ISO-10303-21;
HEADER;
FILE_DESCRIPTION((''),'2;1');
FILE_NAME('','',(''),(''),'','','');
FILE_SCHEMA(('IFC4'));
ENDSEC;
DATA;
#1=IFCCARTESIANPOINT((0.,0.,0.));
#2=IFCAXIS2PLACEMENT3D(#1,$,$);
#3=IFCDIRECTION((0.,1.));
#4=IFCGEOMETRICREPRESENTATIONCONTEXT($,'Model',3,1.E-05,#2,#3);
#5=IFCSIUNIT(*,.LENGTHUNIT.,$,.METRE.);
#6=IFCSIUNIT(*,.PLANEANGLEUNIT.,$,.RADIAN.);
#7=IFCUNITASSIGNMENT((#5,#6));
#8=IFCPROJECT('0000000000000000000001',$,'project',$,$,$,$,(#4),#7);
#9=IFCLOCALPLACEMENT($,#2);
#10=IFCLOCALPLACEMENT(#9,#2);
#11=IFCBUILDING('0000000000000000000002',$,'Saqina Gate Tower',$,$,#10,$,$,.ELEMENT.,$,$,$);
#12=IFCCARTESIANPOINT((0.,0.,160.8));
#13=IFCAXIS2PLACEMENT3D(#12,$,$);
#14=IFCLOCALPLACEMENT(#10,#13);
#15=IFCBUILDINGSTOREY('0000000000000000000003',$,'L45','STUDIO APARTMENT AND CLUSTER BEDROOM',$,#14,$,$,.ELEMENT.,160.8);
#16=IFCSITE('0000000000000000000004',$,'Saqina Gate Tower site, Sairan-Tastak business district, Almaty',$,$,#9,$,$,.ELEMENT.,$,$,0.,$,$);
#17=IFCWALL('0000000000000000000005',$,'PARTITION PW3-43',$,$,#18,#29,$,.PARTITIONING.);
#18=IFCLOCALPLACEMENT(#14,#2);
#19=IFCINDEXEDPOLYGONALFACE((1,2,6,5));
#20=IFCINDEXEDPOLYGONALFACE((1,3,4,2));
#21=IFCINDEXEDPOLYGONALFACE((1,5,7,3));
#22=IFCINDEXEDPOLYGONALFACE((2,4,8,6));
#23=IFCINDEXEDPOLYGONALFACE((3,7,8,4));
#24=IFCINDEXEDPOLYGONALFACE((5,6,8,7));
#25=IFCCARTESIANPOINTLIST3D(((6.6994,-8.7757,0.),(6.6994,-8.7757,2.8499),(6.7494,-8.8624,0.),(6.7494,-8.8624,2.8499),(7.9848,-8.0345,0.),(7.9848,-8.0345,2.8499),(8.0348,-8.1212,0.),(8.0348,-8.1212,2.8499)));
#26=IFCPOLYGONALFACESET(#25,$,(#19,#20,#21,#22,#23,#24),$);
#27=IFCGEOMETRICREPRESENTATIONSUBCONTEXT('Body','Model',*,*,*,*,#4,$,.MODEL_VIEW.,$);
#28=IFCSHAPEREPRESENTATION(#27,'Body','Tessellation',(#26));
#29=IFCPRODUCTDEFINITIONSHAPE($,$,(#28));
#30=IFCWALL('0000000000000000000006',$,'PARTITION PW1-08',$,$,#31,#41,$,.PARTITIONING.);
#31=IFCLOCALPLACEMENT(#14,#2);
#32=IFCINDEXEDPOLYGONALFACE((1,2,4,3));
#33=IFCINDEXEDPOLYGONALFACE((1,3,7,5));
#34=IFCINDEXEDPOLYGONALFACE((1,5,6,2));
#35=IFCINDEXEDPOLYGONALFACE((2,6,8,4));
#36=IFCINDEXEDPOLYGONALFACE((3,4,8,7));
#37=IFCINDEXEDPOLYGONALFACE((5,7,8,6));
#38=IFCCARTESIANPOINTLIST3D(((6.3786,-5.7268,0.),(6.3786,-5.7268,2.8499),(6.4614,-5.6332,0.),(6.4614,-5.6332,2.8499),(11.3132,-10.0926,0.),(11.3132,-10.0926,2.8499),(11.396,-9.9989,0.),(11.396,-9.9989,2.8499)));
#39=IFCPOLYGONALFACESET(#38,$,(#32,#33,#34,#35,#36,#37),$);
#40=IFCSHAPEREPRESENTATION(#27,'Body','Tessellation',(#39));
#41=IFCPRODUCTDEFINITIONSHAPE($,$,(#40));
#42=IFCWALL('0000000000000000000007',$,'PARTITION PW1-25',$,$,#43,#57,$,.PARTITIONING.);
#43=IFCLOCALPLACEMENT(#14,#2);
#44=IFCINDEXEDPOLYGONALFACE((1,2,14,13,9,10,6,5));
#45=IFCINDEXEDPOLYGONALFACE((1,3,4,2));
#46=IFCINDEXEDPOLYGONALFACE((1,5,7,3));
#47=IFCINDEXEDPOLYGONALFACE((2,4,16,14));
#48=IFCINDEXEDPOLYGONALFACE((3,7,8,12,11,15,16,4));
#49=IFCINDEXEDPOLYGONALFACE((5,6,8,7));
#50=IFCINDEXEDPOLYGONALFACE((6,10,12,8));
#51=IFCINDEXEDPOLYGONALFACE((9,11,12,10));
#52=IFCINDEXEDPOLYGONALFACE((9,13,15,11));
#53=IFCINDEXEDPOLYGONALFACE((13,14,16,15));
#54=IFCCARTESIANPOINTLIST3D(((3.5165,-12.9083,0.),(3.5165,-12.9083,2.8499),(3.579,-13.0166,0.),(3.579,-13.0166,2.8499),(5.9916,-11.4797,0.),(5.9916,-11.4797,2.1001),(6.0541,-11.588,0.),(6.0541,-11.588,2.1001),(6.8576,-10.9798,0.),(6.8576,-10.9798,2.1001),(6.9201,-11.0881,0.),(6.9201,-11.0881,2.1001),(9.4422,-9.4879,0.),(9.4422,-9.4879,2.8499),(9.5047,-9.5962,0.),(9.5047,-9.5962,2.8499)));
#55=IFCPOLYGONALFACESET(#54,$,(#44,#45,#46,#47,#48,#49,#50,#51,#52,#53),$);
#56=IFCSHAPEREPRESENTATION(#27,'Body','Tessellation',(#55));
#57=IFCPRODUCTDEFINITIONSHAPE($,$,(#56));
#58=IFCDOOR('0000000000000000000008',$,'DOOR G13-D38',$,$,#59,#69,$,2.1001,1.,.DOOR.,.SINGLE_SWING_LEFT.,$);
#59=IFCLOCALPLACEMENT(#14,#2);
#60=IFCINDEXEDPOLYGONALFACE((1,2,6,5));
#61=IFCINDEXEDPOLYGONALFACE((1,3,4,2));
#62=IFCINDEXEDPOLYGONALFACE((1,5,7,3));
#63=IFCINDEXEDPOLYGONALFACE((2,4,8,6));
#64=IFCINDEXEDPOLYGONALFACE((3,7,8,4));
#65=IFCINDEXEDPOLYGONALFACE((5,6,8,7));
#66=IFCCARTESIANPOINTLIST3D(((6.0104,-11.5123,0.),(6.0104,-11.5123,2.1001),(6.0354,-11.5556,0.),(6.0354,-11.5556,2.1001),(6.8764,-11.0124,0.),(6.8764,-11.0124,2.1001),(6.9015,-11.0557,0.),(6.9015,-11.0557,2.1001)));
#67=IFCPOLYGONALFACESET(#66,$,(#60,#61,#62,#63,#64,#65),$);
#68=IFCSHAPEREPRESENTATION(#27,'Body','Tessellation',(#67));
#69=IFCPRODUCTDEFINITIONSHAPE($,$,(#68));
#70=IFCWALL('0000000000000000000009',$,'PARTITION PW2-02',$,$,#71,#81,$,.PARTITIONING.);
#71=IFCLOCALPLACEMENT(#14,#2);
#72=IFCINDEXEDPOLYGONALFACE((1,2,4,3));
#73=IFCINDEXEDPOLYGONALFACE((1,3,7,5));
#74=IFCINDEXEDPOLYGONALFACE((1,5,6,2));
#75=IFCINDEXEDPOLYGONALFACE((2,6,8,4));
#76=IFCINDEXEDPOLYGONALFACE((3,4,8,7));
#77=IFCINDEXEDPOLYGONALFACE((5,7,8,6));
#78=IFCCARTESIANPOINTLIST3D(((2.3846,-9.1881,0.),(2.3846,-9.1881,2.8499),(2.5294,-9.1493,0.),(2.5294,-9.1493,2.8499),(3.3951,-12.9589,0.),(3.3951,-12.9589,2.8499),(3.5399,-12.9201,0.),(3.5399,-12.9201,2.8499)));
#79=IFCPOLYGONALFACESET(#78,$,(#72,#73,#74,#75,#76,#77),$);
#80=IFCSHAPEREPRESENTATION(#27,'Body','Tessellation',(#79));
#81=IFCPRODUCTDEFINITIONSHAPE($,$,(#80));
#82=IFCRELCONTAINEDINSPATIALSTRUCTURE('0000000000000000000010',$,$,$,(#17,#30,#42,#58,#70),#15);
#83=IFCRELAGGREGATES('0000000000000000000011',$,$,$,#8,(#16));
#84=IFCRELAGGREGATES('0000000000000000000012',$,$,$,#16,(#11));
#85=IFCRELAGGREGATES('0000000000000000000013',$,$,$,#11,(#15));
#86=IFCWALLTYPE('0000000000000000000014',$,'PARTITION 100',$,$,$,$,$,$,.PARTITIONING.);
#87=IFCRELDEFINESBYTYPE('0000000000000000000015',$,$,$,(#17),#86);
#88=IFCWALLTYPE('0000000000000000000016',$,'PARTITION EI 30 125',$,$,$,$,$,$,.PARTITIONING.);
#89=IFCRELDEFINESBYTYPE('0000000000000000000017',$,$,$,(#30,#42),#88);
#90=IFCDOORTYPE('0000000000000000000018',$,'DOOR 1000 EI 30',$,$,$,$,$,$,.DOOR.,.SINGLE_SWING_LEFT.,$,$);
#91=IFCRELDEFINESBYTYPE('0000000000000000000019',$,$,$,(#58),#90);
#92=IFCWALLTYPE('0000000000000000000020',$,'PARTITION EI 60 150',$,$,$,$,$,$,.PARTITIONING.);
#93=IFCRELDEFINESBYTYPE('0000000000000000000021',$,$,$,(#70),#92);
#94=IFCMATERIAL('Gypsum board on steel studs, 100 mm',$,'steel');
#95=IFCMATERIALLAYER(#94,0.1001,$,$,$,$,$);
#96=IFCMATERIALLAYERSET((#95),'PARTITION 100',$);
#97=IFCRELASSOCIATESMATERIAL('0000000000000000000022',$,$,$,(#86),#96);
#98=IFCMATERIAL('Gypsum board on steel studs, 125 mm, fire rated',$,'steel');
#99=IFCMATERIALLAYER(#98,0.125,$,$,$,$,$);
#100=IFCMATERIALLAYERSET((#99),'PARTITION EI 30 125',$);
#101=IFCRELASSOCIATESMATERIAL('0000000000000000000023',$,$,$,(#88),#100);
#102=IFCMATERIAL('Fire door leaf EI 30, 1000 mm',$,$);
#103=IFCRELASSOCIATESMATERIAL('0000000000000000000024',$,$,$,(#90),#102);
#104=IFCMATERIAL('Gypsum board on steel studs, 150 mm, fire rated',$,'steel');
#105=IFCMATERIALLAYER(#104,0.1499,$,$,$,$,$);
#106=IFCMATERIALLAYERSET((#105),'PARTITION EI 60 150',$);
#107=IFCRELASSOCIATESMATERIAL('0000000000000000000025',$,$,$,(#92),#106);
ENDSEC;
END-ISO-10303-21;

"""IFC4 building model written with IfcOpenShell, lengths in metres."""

from ifc_helpers import new_model, si_unit, direction, frame, frame_2d, origin, place, context, subcontext, project, spatial, rectangle, extrude, material, layer, layer_set, type_object, element, fill, save


model = new_model("IFC4")

# Units and contexts
model_context = context("Model", 3, precision=1e-05, world=origin(), true_north=direction((0.0, 1.0)))
body_context = subcontext(model_context, "Body", "Model", "MODEL_VIEW")
ifc_project = project(units=[si_unit("LENGTHUNIT", "METRE"), si_unit("PLANEANGLEUNIT", "RADIAN")], contexts=[model_context])

# Site, building, storey
site_placement = place(None, origin())
site = spatial("IfcSite", under=ifc_project, at=site_placement, Name="Saqina Gate Tower site, Sairan-Tastak business district, Almaty", CompositionType="ELEMENT", RefElevation=0.0)
building_placement = place(site_placement, origin())
building = spatial("IfcBuilding", under=site, at=building_placement, Name="Saqina Gate Tower", CompositionType="ELEMENT")
storey_placement = place(building_placement, frame((0.0, 0.0, 160.8)))
storey = spatial("IfcBuildingStorey", under=building, at=storey_placement, Name="L45", Description="STUDIO APARTMENT AND CLUSTER BEDROOM", CompositionType="ELEMENT", Elevation=160.8)

# Shared definitions
ifc_material_1 = material(Name="Gypsum board on steel studs, 100 mm", Category="steel")
ifc_layer_1 = layer(ifc_material_1, 0.1001)
ifc_layer_set_1 = layer_set([ifc_layer_1], Name="PARTITION 100")
wall_type_1 = type_object("IfcWallType", Name="PARTITION 100", PredefinedType="PARTITIONING", material=ifc_layer_set_1)

# Walls
wall_1_placement = place(storey_placement, frame((6.7244, -8.8191, 0.0), z_axis=(0.0, 0.0, 1.0), x_axis=(0.866292, 0.499537, 0.0)))
element("IfcWall", 1, at=wall_1_placement, inside=storey, type_object=wall_type_1, Name="PARTITION PW3-43", PredefinedType="PARTITIONING", context=body_context, shape_type="SweptSolid", body=[
    extrude(rectangle(XDim=1.4839, YDim=0.1001, at=frame_2d((0.7419, 0.0))), origin(), (0.0, 0.0, 1.0), 2.8499),
])
ifc_material_2 = material(Name="Gypsum board on steel studs, 125 mm, fire rated", Category="steel")
ifc_layer_2 = layer(ifc_material_2, 0.125)
ifc_layer_set_2 = layer_set([ifc_layer_2], Name="PARTITION EI 30 125")
wall_type_2 = type_object("IfcWallType", Name="PARTITION EI 30 125", PredefinedType="PARTITIONING", material=ifc_layer_set_2)
wall_2_placement = place(storey_placement, frame((6.4199, -5.6799, 0.0), z_axis=(0.0, 0.0, 1.0), x_axis=(0.748957, -0.662619, 0.0)))
element("IfcWall", 2, at=wall_2_placement, inside=storey, type_object=wall_type_2, Name="PARTITION PW1-08", PredefinedType="PARTITIONING", context=body_context, shape_type="SweptSolid", body=[
    extrude(rectangle(XDim=6.5886, YDim=0.125, at=frame_2d((3.2944, 0.0))), origin(), (0.0, 0.0, 1.0), 2.8499),
])

# Wall, opening, door
wall_3_placement = place(storey_placement, frame((3.5479, -12.9624, 0.0), z_axis=(0.0, 0.0, 1.0), x_axis=(0.866079, 0.499908, 0.0)))
wall_3 = element("IfcWall", 3, at=wall_3_placement, inside=storey, type_object=wall_type_2, Name="PARTITION PW1-25", PredefinedType="PARTITIONING", context=body_context, shape_type="SweptSolid", body=[
    extrude(rectangle(XDim=6.842, YDim=0.125, at=frame_2d((3.4209, 0.0))), origin(), (0.0, 0.0, 1.0), 2.8499),
])
opening_1_placement = place(wall_3_placement, frame((2.8577, 0.0, 0.0)))
opening_1 = element("IfcOpeningElement", 4, at=opening_1_placement, cuts=wall_3, PredefinedType="OPENING", context=body_context, shape_type="SweptSolid", body=[
    extrude(rectangle(XDim=1.0, YDim=2.1001, at=frame_2d((0.5, 1.05))), frame((0.0, 0.0745, 0.0), z_axis=(0.0, -1.0, 0.0), x_axis=(1.0, 0.0, 0.0)), (0.0, 0.0, 1.0), 0.1489),
])
ifc_material_3 = material(Name="Fire door leaf EI 30, 1000 mm")
door_type_1 = type_object("IfcDoorType", Name="DOOR 1000 EI 30", OperationType="SINGLE_SWING_LEFT", PredefinedType="DOOR", material=ifc_material_3)
door_1_placement = place(opening_1_placement, origin())
door_1 = element("IfcDoor", 5, at=door_1_placement, inside=storey, type_object=door_type_1, Name="DOOR G13-D38", OperationType="SINGLE_SWING_LEFT", OverallHeight=2.1001, OverallWidth=1.0, PredefinedType="DOOR", context=body_context, shape_type="SweptSolid", body=[
    extrude(rectangle(XDim=1.0, YDim=2.1001, at=frame_2d((0.5, 1.05))), frame((0.0, 0.0249, 0.0), z_axis=(0.0, -1.0, 0.0), x_axis=(1.0, 0.0, 0.0)), (0.0, 0.0, 1.0), 0.05),
])
fill(opening_1, door_1)

# Wall
ifc_material_4 = material(Name="Gypsum board on steel studs, 150 mm, fire rated", Category="steel")
ifc_layer_3 = layer(ifc_material_4, 0.1499)
ifc_layer_set_3 = layer_set([ifc_layer_3], Name="PARTITION EI 60 150")
wall_type_3 = type_object("IfcWallType", Name="PARTITION EI 60 150", PredefinedType="PARTITIONING", material=ifc_layer_set_3)
wall_4_placement = place(storey_placement, frame((2.457, -9.1687, 0.0), z_axis=(0.0, 0.0, 1.0), x_axis=(0.25885, -0.965918, 0.0)))
element("IfcWall", 6, at=wall_4_placement, inside=storey, type_object=wall_type_3, Name="PARTITION PW2-02", PredefinedType="PARTITIONING", context=body_context, shape_type="SweptSolid", body=[
    extrude(rectangle(XDim=3.9038, YDim=0.1499, at=frame_2d((1.9519, 0.0))), origin(), (0.0, 0.0, 1.0), 2.8499),
])

save(model, "model.ifc")
